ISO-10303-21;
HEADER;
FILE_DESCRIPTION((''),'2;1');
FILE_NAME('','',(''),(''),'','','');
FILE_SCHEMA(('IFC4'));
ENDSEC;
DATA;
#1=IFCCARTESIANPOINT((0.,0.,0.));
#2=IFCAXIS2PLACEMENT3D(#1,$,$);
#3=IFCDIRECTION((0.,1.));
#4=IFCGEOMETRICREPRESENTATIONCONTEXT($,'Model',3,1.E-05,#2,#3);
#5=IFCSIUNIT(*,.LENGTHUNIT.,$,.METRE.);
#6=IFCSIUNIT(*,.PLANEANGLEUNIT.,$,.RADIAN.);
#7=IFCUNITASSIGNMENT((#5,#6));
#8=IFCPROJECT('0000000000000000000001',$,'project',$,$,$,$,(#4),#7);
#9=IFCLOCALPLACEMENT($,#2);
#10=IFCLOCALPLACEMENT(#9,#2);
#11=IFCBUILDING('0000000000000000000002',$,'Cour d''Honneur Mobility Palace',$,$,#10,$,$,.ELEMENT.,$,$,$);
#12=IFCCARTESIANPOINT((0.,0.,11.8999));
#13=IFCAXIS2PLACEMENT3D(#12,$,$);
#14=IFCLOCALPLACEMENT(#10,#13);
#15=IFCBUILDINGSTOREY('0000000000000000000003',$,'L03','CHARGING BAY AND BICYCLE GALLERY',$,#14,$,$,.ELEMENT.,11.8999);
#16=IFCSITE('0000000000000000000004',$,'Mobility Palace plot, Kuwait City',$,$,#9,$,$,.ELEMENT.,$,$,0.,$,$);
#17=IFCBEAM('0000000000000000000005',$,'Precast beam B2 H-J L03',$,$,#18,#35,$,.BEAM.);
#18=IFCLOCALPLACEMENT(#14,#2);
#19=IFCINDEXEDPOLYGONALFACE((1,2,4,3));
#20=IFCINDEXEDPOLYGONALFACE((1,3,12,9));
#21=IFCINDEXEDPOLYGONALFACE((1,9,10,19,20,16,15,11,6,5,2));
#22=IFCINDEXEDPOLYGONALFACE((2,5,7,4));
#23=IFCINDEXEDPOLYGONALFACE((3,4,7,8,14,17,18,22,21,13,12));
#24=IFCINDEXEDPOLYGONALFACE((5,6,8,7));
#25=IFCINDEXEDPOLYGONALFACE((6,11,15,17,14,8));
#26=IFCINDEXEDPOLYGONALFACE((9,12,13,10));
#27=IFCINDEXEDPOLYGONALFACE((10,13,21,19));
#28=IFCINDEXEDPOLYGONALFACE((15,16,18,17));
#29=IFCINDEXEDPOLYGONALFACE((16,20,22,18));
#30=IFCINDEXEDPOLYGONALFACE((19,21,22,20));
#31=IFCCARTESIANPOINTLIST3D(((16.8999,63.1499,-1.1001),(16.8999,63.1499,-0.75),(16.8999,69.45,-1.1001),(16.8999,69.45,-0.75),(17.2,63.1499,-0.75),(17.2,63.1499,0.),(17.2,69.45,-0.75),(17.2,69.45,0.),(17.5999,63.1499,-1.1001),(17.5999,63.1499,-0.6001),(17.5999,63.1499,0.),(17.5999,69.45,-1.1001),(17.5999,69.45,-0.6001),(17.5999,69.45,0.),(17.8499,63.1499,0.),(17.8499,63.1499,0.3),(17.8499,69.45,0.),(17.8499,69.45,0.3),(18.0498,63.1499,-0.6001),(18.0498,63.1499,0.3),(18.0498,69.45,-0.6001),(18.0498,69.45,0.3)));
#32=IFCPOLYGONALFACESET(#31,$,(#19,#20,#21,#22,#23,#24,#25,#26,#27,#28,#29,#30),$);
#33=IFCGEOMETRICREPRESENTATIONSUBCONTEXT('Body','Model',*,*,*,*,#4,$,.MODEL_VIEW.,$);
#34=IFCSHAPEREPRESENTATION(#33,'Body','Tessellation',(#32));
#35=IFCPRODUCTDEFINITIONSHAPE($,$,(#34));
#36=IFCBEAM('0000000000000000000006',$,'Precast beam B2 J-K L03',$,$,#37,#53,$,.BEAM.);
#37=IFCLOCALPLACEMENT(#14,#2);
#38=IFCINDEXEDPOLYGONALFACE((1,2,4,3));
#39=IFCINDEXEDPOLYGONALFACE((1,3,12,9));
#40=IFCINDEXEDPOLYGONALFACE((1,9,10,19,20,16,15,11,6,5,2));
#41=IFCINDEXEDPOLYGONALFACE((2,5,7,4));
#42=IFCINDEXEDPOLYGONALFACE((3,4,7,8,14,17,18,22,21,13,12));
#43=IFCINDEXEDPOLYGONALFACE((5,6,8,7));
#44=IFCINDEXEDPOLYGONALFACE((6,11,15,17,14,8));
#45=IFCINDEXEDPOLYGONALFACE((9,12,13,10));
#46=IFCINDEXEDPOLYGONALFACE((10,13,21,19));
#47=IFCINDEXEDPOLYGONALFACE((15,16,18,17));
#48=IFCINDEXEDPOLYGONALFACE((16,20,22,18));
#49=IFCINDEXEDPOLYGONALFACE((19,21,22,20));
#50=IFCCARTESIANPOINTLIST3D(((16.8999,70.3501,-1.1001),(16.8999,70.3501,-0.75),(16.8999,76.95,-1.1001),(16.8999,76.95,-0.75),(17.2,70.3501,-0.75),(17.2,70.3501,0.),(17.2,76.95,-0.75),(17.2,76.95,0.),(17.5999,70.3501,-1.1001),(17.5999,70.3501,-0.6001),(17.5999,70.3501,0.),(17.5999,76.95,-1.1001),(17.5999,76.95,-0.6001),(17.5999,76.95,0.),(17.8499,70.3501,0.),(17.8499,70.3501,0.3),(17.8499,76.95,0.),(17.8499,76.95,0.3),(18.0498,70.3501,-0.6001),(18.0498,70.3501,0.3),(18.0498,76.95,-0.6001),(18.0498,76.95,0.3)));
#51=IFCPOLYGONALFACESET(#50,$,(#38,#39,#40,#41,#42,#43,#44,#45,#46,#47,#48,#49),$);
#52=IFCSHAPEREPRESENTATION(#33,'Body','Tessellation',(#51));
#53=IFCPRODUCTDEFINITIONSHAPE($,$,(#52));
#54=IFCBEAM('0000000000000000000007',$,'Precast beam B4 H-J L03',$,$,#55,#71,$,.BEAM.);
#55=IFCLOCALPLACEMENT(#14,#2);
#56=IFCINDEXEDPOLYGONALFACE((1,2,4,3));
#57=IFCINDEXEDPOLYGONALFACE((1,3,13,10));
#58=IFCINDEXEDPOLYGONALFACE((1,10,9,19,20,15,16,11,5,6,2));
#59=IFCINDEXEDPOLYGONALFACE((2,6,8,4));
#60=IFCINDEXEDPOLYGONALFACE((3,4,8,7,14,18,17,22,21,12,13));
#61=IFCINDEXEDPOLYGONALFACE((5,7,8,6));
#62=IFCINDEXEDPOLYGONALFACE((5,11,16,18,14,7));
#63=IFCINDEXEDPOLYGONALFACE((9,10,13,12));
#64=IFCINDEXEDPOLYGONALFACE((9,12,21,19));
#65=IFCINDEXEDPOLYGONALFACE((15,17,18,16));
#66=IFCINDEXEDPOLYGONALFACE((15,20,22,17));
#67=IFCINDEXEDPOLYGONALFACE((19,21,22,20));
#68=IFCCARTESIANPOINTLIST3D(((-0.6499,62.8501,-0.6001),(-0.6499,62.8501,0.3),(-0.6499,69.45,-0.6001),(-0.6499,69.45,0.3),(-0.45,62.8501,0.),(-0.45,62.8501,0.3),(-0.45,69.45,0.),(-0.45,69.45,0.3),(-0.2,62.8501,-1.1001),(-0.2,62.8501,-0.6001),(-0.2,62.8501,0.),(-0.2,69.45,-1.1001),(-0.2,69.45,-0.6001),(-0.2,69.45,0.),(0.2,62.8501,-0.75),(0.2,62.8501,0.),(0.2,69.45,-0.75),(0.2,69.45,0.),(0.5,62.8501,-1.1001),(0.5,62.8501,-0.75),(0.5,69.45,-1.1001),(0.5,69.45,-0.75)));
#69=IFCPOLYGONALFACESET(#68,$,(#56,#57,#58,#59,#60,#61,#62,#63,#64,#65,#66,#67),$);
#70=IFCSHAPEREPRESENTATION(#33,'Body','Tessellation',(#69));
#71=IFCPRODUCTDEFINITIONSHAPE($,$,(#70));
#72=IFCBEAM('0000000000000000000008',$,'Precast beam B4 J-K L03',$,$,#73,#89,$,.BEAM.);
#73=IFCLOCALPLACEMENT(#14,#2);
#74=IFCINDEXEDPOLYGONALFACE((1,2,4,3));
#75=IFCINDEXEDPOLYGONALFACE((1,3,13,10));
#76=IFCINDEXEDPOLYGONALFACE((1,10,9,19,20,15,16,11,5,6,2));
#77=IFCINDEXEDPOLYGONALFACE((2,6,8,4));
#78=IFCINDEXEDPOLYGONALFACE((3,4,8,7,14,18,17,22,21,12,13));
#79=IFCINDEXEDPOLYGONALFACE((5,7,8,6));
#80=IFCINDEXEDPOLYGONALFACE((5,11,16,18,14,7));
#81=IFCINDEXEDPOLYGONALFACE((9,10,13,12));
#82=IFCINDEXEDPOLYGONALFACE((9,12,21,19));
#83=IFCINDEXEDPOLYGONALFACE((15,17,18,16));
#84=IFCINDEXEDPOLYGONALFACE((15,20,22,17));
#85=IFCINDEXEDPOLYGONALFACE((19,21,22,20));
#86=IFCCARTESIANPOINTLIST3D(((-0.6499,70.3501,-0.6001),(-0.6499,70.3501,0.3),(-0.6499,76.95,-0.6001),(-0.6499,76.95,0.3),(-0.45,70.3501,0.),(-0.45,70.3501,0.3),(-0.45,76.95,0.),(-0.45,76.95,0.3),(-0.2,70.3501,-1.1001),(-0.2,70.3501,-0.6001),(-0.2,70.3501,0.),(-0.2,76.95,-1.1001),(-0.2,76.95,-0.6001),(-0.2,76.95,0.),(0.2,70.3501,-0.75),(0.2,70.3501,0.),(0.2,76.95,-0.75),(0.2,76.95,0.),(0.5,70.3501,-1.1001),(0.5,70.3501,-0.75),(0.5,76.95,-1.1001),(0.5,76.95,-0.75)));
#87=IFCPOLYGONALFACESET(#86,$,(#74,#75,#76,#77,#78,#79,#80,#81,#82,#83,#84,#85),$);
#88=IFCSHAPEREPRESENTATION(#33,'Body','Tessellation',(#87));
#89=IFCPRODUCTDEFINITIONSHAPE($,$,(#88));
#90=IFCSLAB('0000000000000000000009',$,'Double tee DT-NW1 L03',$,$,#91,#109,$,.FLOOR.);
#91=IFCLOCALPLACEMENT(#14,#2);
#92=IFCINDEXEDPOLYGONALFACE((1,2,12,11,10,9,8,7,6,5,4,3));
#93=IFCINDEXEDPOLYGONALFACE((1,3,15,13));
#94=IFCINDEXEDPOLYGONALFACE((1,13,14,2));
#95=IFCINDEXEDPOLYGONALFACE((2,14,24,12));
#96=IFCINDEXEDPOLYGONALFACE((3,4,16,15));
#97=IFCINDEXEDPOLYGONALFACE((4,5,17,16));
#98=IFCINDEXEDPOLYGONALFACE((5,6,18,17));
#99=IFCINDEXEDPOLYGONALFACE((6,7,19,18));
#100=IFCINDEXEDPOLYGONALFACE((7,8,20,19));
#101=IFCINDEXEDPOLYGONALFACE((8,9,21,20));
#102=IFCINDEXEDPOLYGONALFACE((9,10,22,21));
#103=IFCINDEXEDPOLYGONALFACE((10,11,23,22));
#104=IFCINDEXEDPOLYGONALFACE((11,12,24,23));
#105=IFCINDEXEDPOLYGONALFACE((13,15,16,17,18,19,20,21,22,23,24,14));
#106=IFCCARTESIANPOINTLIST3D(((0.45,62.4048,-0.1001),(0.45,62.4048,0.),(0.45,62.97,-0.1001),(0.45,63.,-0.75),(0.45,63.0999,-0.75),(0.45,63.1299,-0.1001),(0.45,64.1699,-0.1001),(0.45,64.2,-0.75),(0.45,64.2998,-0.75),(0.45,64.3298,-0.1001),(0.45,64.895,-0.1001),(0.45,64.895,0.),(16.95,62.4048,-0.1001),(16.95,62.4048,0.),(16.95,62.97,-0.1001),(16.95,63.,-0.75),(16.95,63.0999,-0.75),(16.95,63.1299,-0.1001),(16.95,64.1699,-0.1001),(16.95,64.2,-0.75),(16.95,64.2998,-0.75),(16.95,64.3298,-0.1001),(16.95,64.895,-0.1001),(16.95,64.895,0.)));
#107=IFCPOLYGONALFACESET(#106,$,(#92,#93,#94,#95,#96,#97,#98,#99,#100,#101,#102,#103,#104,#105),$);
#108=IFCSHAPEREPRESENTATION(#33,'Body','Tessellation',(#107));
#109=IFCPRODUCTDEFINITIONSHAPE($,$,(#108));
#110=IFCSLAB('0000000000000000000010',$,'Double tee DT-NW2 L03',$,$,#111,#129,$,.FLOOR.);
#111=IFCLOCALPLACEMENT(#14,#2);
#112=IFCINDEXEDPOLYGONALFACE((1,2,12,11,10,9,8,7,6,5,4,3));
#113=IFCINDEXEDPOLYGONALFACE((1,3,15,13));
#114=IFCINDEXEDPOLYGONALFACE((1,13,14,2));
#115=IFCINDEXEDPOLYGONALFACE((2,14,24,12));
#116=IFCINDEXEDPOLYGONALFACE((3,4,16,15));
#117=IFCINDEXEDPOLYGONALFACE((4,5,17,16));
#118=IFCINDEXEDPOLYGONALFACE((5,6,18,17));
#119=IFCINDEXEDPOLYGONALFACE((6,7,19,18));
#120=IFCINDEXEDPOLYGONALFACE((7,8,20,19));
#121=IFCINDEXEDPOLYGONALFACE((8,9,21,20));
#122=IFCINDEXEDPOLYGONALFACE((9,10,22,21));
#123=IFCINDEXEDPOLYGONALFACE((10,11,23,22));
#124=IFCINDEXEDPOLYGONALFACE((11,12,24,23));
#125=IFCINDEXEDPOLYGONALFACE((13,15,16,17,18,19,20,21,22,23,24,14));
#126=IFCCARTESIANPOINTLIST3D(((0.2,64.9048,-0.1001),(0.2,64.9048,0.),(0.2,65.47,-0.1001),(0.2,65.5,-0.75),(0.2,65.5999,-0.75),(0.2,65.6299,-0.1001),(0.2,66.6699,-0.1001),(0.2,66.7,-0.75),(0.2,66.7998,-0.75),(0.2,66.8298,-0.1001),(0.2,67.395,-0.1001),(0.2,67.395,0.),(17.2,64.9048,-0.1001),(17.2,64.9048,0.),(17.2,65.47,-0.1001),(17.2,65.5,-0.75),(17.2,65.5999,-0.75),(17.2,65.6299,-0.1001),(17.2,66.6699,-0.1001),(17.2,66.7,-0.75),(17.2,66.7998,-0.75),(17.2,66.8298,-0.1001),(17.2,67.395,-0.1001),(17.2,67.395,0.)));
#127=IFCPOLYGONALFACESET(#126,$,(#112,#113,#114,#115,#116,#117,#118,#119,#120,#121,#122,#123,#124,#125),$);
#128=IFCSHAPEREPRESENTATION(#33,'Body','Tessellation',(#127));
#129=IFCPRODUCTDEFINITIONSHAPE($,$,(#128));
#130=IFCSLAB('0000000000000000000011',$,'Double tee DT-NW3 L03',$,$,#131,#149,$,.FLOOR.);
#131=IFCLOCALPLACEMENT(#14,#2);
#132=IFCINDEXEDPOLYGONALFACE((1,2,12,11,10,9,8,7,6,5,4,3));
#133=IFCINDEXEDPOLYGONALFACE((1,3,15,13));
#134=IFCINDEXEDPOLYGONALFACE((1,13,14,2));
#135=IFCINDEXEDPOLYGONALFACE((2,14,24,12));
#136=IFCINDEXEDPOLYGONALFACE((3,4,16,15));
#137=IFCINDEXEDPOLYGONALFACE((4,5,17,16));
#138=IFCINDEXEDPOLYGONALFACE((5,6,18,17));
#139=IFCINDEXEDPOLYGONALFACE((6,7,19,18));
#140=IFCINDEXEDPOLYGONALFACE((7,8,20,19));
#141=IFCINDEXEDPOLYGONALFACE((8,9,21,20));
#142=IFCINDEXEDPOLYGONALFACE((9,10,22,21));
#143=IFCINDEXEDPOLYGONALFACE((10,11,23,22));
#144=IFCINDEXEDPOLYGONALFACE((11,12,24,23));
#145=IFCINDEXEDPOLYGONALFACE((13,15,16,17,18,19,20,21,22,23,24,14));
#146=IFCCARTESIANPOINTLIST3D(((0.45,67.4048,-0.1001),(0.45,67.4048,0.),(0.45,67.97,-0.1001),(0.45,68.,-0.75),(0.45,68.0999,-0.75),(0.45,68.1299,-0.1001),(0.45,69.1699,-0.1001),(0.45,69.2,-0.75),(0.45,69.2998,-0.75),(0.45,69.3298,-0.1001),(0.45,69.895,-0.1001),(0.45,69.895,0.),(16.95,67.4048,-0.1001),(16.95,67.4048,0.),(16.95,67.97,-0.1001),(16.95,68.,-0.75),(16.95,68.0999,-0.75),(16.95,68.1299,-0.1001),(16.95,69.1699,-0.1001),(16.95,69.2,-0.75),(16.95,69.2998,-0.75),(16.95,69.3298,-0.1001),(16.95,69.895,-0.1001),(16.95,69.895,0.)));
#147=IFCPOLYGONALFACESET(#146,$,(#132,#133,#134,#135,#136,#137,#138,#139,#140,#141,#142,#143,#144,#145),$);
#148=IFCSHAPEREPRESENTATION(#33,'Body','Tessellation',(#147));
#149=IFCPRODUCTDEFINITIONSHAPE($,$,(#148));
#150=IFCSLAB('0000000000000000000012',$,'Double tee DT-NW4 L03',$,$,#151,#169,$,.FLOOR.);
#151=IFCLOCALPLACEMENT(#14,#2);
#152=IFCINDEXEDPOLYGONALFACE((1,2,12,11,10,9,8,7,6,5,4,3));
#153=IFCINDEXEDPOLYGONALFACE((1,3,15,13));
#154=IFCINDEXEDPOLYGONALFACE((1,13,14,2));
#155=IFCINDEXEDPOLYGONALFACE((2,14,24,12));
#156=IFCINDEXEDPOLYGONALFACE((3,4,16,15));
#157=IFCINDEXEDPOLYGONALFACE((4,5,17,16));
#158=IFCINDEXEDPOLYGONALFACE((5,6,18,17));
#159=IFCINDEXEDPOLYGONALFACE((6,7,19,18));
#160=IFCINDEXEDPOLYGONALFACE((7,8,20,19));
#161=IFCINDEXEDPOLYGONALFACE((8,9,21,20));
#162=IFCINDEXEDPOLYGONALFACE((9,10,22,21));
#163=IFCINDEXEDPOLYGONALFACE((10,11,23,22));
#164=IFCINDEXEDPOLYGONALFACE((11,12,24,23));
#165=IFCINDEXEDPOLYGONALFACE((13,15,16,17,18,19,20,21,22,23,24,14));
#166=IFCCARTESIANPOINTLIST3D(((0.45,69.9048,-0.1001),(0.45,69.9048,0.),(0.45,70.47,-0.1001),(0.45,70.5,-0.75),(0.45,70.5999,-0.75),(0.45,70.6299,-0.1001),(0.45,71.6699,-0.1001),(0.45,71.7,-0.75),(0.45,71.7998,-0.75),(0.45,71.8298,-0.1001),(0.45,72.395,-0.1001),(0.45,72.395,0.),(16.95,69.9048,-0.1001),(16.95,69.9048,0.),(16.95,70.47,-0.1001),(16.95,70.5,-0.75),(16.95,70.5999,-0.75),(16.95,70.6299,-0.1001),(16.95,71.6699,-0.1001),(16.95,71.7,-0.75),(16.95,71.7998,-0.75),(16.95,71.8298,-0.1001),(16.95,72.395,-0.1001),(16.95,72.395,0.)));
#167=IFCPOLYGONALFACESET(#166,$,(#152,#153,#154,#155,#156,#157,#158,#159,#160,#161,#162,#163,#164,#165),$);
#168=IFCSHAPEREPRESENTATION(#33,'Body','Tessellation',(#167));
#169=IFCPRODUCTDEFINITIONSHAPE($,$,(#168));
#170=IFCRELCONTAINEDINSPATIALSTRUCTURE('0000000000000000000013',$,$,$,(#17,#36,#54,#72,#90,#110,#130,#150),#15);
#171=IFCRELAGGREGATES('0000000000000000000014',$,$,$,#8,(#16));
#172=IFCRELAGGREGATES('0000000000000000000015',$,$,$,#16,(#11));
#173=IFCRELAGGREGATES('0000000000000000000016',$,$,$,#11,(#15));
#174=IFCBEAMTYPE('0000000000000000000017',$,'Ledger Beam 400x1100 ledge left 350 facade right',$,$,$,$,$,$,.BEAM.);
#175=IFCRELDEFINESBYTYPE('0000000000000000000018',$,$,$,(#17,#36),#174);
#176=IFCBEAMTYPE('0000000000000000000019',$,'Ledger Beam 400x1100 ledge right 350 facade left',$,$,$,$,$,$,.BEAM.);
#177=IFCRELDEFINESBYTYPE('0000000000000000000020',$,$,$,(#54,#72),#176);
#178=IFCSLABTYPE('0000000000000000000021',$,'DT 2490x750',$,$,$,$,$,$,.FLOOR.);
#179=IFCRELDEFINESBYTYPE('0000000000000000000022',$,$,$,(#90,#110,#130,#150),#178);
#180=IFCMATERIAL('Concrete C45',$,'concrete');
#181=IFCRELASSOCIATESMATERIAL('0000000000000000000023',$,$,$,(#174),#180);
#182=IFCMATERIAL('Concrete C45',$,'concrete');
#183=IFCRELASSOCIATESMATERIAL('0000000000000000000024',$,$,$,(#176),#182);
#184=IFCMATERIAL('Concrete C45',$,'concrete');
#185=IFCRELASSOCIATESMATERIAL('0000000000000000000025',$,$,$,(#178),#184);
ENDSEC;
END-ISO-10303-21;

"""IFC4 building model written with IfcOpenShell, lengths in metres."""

from ifc_helpers import new_model, si_unit, direction, frame, origin, place, context, subcontext, project, spatial, polyline, outline, extrude, material, material_profile, profile_set, type_object, element, save


model = new_model("IFC4")

# Units and contexts
model_context = context("Model", 3, precision=1e-05, world=origin(), true_north=direction((0.0, 1.0)))
body_context = subcontext(model_context, "Body", "Model", "MODEL_VIEW")
ifc_project = project(units=[si_unit("LENGTHUNIT", "METRE"), si_unit("PLANEANGLEUNIT", "RADIAN")], contexts=[model_context])

# Site, building, storey
site_placement = place(None, origin())
site = spatial("IfcSite", under=ifc_project, at=site_placement, Name="Mobility Palace plot, Kuwait City", CompositionType="ELEMENT", RefElevation=0.0)
building_placement = place(site_placement, origin())
building = spatial("IfcBuilding", under=site, at=building_placement, Name="Cour d'Honneur Mobility Palace", CompositionType="ELEMENT")
storey_placement = place(building_placement, frame((0.0, 0.0, 11.8999)))
storey = spatial("IfcBuildingStorey", under=building, at=storey_placement, Name="L03", Description="CHARGING BAY AND BICYCLE GALLERY", CompositionType="ELEMENT", Elevation=11.8999)

# Beams
ifc_material_1 = material(Name="Concrete C45", Category="concrete")
ifc_material_profile_1 = material_profile(ifc_material_1, outline(polyline([(0.5, -1.1001), (0.5, -0.75), (0.2, -0.75), (0.2, 0.0), (-0.2, 0.0), (-0.45, 0.0), (-0.45, 0.3), (-0.6499, 0.3), (-0.6499, -0.6001), (-0.2, -0.6001), (-0.2, -1.1001), (0.5, -1.1001)])), Name="Ledger Beam 400x1100 ledge left 350 facade right")
ifc_profile_set_1 = profile_set([ifc_material_profile_1], Name="Concrete C45")
beam_type_1 = type_object("IfcBeamType", Name="Ledger Beam 400x1100 ledge left 350 facade right", PredefinedType="BEAM", material=ifc_profile_set_1)
beam_1_placement = place(storey_placement, frame((17.3999, 63.1499, 0.0), z_axis=(0.0, 1.0, 0.0), x_axis=(-1.0, 0.0, 0.0)))
element("IfcBeam", 1, at=beam_1_placement, inside=storey, type_object=beam_type_1, Name="Precast beam B2 H-J L03", PredefinedType="BEAM", context=body_context, shape_type="SweptSolid", body=[
    extrude(outline(polyline([(0.5, -1.1001), (0.5, -0.75), (0.2, -0.75), (0.2, 0.0), (-0.2, 0.0), (-0.45, 0.0), (-0.45, 0.3), (-0.6499, 0.3), (-0.6499, -0.6001), (-0.2, -0.6001), (-0.2, -1.1001), (0.5, -1.1001)])), origin(), (0.0, 0.0, 1.0), 6.3),
])
beam_2_placement = place(storey_placement, frame((17.3999, 70.3501, 0.0), z_axis=(0.0, 1.0, 0.0), x_axis=(-1.0, 0.0, 0.0)))
element("IfcBeam", 2, at=beam_2_placement, inside=storey, type_object=beam_type_1, Name="Precast beam B2 J-K L03", PredefinedType="BEAM", context=body_context, shape_type="SweptSolid", body=[
    extrude(outline(polyline([(0.5, -1.1001), (0.5, -0.75), (0.2, -0.75), (0.2, 0.0), (-0.2, 0.0), (-0.45, 0.0), (-0.45, 0.3), (-0.6499, 0.3), (-0.6499, -0.6001), (-0.2, -0.6001), (-0.2, -1.1001), (0.5, -1.1001)])), origin(), (0.0, 0.0, 1.0), 6.5999),
])
ifc_material_2 = material(Name="Concrete C45", Category="concrete")
ifc_material_profile_2 = material_profile(ifc_material_2, outline(polyline([(0.2, -1.1001), (0.2, -0.6001), (0.6499, -0.6001), (0.6499, 0.3), (0.45, 0.3), (0.45, 0.0), (0.2, 0.0), (-0.2, 0.0), (-0.2, -0.75), (-0.5, -0.75), (-0.5, -1.1001), (0.2, -1.1001)])), Name="Ledger Beam 400x1100 ledge right 350 facade left")
ifc_profile_set_2 = profile_set([ifc_material_profile_2], Name="Concrete C45")
beam_type_2 = type_object("IfcBeamType", Name="Ledger Beam 400x1100 ledge right 350 facade left", PredefinedType="BEAM", material=ifc_profile_set_2)
for number, where, z_axis, x_axis, name in (
    (3, (0.0, 62.8501, 0.0), (0.0, 1.0, 0.0), (-1.0, 0.0, 0.0), "Precast beam B4 H-J L03"),
    (4, (0.0, 70.3501, 0.0), (0.0, 1.0, 0.0), (-1.0, 0.0, 0.0), "Precast beam B4 J-K L03"),
):
    element("IfcBeam", number, at=place(storey_placement, frame(where, z_axis=z_axis, x_axis=x_axis)), inside=storey, type_object=beam_type_2, Name=name, PredefinedType="BEAM", context=body_context, shape_type="SweptSolid", body=[
        extrude(outline(polyline([(0.2, -1.1001), (0.2, -0.6001), (0.6499, -0.6001), (0.6499, 0.3), (0.45, 0.3), (0.45, 0.0), (0.2, 0.0), (-0.2, 0.0), (-0.2, -0.75), (-0.5, -0.75), (-0.5, -1.1001), (0.2, -1.1001)])), origin(), (0.0, 0.0, 1.0), 6.5999),
    ])

# Slabs
ifc_material_3 = material(Name="Concrete C45", Category="concrete")
ifc_material_profile_3 = material_profile(ifc_material_3, outline(polyline([(-1.2451, 0.0), (1.2451, 0.0), (1.2451, -0.1001), (0.6799, -0.1001), (0.6499, -0.75), (0.55, -0.75), (0.52, -0.1001), (-0.52, -0.1001), (-0.55, -0.75), (-0.6499, -0.75), (-0.6799, -0.1001), (-1.2451, -0.1001), (-1.2451, 0.0)])), Name="DT 2490x750")
ifc_profile_set_3 = profile_set([ifc_material_profile_3], Name="Concrete C45")
slab_type = type_object("IfcSlabType", Name="DT 2490x750", PredefinedType="FLOOR", material=ifc_profile_set_3)
slab_1_placement = place(storey_placement, frame((0.45, 63.6499, 0.0), z_axis=(1.0, 0.0, 0.0), x_axis=(0.0, 1.0, 0.0)))
element("IfcSlab", 5, at=slab_1_placement, inside=storey, type_object=slab_type, Name="Double tee DT-NW1 L03", PredefinedType="FLOOR", context=body_context, shape_type="SweptSolid", body=[
    extrude(outline(polyline([(-1.2451, 0.0), (1.2451, 0.0), (1.2451, -0.1001), (0.6799, -0.1001), (0.6499, -0.75), (0.55, -0.75), (0.52, -0.1001), (-0.52, -0.1001), (-0.55, -0.75), (-0.6499, -0.75), (-0.6799, -0.1001), (-1.2451, -0.1001), (-1.2451, 0.0)])), origin(), (0.0, 0.0, 1.0), 16.5),
])
slab_2_placement = place(storey_placement, frame((0.2, 66.1499, 0.0), z_axis=(1.0, 0.0, 0.0), x_axis=(0.0, 1.0, 0.0)))
element("IfcSlab", 6, at=slab_2_placement, inside=storey, type_object=slab_type, Name="Double tee DT-NW2 L03", PredefinedType="FLOOR", context=body_context, shape_type="SweptSolid", body=[
    extrude(outline(polyline([(-1.2451, 0.0), (1.2451, 0.0), (1.2451, -0.1001), (0.6799, -0.1001), (0.6499, -0.75), (0.55, -0.75), (0.52, -0.1001), (-0.52, -0.1001), (-0.55, -0.75), (-0.6499, -0.75), (-0.6799, -0.1001), (-1.2451, -0.1001), (-1.2451, 0.0)])), origin(), (0.0, 0.0, 1.0), 17.0),
])
for number, where, z_axis, x_axis, name in (
    (7, (0.45, 68.6499, 0.0), (1.0, 0.0, 0.0), (0.0, 1.0, 0.0), "Double tee DT-NW3 L03"),
    (8, (0.45, 71.1499, 0.0), (1.0, 0.0, 0.0), (0.0, 1.0, 0.0), "Double tee DT-NW4 L03"),
):
    element("IfcSlab", number, at=place(storey_placement, frame(where, z_axis=z_axis, x_axis=x_axis)), inside=storey, type_object=slab_type, Name=name, PredefinedType="FLOOR", context=body_context, shape_type="SweptSolid", body=[
        extrude(outline(polyline([(-1.2451, 0.0), (1.2451, 0.0), (1.2451, -0.1001), (0.6799, -0.1001), (0.6499, -0.75), (0.55, -0.75), (0.52, -0.1001), (-0.52, -0.1001), (-0.55, -0.75), (-0.6499, -0.75), (-0.6799, -0.1001), (-1.2451, -0.1001), (-1.2451, 0.0)])), origin(), (0.0, 0.0, 1.0), 16.5),
    ])

save(model, "model.ifc")
